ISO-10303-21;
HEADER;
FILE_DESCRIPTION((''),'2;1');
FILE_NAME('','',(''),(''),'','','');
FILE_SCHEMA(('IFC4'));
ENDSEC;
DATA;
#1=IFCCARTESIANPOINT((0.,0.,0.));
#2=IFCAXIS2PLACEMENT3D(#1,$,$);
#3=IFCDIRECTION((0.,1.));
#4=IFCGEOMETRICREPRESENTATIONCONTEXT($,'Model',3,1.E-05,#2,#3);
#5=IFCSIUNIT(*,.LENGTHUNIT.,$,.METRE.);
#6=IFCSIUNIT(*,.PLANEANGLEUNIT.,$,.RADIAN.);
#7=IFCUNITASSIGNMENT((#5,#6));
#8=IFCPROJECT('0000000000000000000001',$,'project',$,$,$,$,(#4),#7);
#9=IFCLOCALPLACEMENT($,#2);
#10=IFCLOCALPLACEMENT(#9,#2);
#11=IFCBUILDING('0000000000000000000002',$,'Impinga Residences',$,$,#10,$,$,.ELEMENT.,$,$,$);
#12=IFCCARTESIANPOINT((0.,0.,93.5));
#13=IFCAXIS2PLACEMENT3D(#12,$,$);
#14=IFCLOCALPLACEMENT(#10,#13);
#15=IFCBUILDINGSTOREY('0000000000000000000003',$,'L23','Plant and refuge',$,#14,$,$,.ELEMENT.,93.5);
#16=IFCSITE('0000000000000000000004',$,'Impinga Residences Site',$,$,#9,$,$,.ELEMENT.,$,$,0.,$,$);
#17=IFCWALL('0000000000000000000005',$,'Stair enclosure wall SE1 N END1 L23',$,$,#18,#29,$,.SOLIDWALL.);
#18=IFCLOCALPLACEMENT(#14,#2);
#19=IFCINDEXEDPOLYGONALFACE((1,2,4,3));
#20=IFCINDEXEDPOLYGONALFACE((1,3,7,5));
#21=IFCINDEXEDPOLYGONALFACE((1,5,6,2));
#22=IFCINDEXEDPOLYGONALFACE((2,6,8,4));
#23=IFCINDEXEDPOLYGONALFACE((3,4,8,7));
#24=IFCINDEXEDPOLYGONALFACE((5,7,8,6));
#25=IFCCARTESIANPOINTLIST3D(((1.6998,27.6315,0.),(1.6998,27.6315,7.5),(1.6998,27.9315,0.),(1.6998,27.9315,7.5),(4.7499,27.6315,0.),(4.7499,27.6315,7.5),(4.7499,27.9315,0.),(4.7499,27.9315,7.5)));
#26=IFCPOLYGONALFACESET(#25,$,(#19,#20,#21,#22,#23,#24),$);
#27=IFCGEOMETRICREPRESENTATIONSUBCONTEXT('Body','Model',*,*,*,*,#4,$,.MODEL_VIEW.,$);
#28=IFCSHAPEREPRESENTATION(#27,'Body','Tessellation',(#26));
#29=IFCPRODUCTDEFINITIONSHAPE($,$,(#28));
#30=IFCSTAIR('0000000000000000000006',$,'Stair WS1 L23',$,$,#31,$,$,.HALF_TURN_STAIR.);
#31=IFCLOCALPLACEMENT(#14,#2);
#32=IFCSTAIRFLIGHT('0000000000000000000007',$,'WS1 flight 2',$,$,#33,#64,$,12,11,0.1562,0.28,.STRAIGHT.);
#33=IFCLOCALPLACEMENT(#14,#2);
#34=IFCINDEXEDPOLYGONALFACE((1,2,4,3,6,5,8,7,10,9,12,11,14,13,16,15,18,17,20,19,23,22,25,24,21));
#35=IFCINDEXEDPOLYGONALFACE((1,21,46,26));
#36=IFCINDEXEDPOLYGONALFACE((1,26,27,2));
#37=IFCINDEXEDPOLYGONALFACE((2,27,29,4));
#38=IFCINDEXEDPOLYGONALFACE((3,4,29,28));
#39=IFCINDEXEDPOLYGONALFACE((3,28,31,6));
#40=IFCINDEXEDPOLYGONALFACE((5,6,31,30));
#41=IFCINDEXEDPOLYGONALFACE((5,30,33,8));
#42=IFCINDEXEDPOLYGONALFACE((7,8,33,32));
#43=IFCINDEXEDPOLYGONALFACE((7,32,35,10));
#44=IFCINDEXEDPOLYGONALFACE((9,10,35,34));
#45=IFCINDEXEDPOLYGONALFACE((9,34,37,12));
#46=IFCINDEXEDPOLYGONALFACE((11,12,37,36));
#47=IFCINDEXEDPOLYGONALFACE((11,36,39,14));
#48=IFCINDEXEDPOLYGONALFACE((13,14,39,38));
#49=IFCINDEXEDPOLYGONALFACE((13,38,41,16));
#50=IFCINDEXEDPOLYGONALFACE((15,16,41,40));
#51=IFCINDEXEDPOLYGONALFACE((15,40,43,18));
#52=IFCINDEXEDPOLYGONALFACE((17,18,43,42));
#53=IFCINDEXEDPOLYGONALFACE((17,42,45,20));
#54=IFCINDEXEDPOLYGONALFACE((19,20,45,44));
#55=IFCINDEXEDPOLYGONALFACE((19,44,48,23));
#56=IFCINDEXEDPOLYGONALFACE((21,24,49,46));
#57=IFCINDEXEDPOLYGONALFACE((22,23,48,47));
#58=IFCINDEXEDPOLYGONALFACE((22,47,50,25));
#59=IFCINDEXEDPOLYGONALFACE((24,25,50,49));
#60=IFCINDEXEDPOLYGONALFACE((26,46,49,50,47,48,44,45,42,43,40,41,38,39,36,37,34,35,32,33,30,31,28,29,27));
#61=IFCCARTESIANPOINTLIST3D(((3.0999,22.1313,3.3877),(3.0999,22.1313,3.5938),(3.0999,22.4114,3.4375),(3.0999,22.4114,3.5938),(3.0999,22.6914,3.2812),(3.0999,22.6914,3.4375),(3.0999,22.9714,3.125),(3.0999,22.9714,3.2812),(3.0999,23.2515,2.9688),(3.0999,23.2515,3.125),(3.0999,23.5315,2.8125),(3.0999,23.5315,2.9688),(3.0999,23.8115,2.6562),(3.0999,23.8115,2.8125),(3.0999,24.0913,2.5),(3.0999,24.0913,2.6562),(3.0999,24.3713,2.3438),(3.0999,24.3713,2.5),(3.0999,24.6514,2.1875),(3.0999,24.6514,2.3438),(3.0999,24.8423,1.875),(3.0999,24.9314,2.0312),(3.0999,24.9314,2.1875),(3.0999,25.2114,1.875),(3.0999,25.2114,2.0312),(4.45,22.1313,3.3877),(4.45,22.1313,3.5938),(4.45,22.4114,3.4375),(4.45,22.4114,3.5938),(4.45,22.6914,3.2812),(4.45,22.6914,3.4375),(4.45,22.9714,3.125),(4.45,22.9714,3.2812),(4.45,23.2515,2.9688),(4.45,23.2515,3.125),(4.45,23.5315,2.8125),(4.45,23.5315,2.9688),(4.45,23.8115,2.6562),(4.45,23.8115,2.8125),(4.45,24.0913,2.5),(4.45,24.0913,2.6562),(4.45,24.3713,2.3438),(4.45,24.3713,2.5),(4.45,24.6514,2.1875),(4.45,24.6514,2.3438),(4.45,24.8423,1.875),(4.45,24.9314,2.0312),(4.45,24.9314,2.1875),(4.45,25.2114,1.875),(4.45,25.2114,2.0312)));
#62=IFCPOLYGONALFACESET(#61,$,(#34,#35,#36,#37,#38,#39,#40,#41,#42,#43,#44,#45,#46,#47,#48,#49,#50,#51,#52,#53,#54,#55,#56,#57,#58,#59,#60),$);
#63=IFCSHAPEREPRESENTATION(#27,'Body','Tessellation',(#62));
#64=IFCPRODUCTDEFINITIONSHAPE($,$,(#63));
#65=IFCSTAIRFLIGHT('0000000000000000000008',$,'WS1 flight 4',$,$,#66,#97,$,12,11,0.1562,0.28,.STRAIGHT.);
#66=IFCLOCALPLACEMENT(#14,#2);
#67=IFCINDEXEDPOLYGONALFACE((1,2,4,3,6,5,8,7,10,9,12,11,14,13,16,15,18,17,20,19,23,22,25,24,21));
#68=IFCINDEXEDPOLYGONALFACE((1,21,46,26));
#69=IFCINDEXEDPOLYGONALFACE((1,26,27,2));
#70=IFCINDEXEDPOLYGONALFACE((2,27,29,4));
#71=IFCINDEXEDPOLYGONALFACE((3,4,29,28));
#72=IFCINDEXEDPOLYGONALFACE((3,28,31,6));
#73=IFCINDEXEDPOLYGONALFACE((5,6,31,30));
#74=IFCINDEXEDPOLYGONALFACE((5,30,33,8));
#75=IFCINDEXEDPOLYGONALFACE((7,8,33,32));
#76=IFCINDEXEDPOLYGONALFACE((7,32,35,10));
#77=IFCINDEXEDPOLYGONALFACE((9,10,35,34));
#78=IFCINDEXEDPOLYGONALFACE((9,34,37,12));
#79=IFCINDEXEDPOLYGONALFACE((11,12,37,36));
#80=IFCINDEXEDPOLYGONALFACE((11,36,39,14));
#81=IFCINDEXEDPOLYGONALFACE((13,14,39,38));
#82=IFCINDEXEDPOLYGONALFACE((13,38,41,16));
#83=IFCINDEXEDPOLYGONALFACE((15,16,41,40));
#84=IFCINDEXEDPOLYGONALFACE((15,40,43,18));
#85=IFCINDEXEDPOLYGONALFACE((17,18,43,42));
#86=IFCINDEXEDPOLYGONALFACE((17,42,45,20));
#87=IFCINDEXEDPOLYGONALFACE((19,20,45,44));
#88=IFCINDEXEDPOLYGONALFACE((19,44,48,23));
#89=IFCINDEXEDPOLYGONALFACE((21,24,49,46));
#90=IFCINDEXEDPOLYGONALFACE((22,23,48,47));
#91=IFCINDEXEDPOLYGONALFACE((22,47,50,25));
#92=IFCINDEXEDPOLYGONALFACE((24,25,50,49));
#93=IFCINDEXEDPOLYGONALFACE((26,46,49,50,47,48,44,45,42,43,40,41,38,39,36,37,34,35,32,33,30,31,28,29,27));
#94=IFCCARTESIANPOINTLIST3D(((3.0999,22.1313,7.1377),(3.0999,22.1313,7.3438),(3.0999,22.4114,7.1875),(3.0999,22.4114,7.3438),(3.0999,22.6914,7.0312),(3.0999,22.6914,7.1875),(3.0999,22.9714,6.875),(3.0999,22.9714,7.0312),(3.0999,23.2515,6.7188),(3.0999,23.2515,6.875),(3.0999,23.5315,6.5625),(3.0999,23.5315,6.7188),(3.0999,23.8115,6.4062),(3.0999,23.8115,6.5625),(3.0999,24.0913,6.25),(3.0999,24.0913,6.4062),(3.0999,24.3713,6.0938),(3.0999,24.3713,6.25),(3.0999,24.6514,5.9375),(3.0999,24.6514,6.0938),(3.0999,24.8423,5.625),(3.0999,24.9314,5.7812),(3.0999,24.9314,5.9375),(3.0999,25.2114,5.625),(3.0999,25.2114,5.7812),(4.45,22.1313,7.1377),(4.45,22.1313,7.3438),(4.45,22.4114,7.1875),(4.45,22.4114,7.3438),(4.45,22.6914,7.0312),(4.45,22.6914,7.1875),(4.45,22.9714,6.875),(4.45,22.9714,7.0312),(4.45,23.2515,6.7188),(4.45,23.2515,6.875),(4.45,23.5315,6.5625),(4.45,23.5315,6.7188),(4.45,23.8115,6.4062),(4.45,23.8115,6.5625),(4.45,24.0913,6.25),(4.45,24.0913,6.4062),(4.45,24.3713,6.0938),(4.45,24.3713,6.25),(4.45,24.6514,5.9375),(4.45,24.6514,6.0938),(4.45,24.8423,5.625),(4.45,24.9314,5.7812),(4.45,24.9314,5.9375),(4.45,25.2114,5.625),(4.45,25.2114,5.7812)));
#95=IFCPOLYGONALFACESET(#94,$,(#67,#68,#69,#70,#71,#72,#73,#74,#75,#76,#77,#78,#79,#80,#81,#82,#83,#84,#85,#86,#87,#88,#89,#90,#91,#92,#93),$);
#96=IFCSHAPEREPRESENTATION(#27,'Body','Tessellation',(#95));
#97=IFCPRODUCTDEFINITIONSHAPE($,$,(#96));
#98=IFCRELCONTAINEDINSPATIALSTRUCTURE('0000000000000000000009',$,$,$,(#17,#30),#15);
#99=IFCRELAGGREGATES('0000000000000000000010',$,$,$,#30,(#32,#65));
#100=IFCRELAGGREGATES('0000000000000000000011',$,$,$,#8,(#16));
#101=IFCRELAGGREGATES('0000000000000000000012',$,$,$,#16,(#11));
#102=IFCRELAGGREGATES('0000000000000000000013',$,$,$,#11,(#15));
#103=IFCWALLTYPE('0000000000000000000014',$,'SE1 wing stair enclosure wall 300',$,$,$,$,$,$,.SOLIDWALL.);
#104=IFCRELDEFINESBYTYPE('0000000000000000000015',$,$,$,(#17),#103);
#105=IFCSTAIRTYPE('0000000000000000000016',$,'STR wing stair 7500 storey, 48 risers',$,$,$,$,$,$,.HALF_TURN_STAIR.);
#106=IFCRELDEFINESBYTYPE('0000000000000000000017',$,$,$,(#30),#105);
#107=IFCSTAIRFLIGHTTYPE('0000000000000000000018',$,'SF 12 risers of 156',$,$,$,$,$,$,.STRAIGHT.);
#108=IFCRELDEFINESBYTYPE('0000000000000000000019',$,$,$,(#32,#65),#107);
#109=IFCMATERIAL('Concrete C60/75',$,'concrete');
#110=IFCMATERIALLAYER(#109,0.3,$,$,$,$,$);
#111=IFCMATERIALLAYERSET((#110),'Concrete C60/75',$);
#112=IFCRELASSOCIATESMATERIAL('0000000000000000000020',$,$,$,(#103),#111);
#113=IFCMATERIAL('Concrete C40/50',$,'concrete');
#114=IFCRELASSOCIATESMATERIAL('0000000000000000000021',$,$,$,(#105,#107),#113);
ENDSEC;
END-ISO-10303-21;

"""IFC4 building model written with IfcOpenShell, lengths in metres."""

from ifc_helpers import new_model, si_unit, direction, frame, frame_2d, origin, place, context, subcontext, project, spatial, polyline, rectangle, outline, extrude, material, layer, layer_set, type_object, element, aggregate, save


model = new_model("IFC4")

# Units and contexts
model_context = context("Model", 3, precision=1e-05, world=origin(), true_north=direction((0.0, 1.0)))
body_context = subcontext(model_context, "Body", "Model", "MODEL_VIEW")
ifc_project = project(units=[si_unit("LENGTHUNIT", "METRE"), si_unit("PLANEANGLEUNIT", "RADIAN")], contexts=[model_context])

# Site, building, storey
site_placement = place(None, origin())
site = spatial("IfcSite", under=ifc_project, at=site_placement, Name="Impinga Residences Site", CompositionType="ELEMENT", RefElevation=0.0)
building_placement = place(site_placement, origin())
building = spatial("IfcBuilding", under=site, at=building_placement, Name="Impinga Residences", CompositionType="ELEMENT")
storey_placement = place(building_placement, frame((0.0, 0.0, 93.5)))
storey = spatial("IfcBuildingStorey", under=building, at=storey_placement, Name="L23", Description="Plant and refuge", CompositionType="ELEMENT", Elevation=93.5)

# Wall
ifc_material_1 = material(Name="Concrete C60/75", Category="concrete")
ifc_layer_1 = layer(ifc_material_1, 0.3)
ifc_layer_set_1 = layer_set([ifc_layer_1], Name="Concrete C60/75")
wall_type_1 = type_object("IfcWallType", Name="SE1 wing stair enclosure wall 300", PredefinedType="SOLIDWALL", material=ifc_layer_set_1)
wall_1_placement = place(storey_placement, frame((1.7, 27.7815, 0.0), z_axis=(0.0, 0.0, 1.0), x_axis=(1.0, 0.0, 0.0)))
element("IfcWall", 1, at=wall_1_placement, inside=storey, type_object=wall_type_1, Name="Stair enclosure wall SE1 N END1 L23", PredefinedType="SOLIDWALL", context=body_context, shape_type="SweptSolid", body=[
    extrude(rectangle(XDim=3.05, YDim=0.3, at=frame_2d((1.5249, 0.0))), origin(), (0.0, 0.0, 1.0), 7.5),
])

# Stair, stair flights
ifc_material_2 = material(Name="Concrete C40/50", Category="concrete")
stair_type = type_object("IfcStairType", Name="STR wing stair 7500 storey, 48 risers", PredefinedType="HALF_TURN_STAIR", material=ifc_material_2)
stair_placement = place(storey_placement, origin())
stair = element("IfcStair", 2, at=stair_placement, inside=storey, type_object=stair_type, Name="Stair WS1 L23", PredefinedType="HALF_TURN_STAIR")
stair_flight_type = type_object("IfcStairFlightType", Name="SF 12 risers of 156", PredefinedType="STRAIGHT", material=ifc_material_2)
stair_flight_1_placement = place(storey_placement, frame((3.7749, 25.2114, 1.875), z_axis=(0.0, 0.0, 1.0), x_axis=(0.0, -1.0, 0.0)))
stair_flight_1 = element("IfcStairFlight", 3, at=stair_flight_1_placement, type_object=stair_flight_type, Name="WS1 flight 2", NumberOfRisers=12, NumberOfTreads=11, PredefinedType="STRAIGHT", RiserHeight=0.1562, TreadLength=0.28, context=body_context, shape_type="SweptSolid", body=[
    extrude(outline(polyline([(0.0, 0.0), (0.0, 0.1562), (0.28, 0.1562), (0.28, 0.3125), (0.5601, 0.3125), (0.5601, 0.4688), (0.8401, 0.4688), (0.8401, 0.625), (1.1201, 0.625), (1.1201, 0.7812), (1.3999, 0.7812), (1.3999, 0.9375), (1.6799, 0.9375), (1.6799, 1.0938), (1.96, 1.0938), (1.96, 1.25), (2.24, 1.25), (2.24, 1.4062), (2.52, 1.4062), (2.52, 1.5625), (2.8, 1.5625), (2.8, 1.7188), (3.0801, 1.7188), (3.0801, 1.875), (3.0801, 1.5127), (0.3691, 0.0), (0.0, 0.0)])), frame((0.0, 0.675, 0.0), z_axis=(0.0, -1.0, 0.0), x_axis=(1.0, 0.0, 0.0)), (0.0, 0.0, 1.0), 1.3501),
])
stair_flight_2_placement = place(storey_placement, frame((3.7749, 25.2114, 5.625), z_axis=(0.0, 0.0, 1.0), x_axis=(0.0, -1.0, 0.0)))
stair_flight_2 = element("IfcStairFlight", 4, at=stair_flight_2_placement, type_object=stair_flight_type, Name="WS1 flight 4", NumberOfRisers=12, NumberOfTreads=11, PredefinedType="STRAIGHT", RiserHeight=0.1562, TreadLength=0.28, context=body_context, shape_type="SweptSolid", body=[
    extrude(outline(polyline([(0.0, 0.0), (0.0, 0.1562), (0.28, 0.1562), (0.28, 0.3125), (0.5601, 0.3125), (0.5601, 0.4688), (0.8401, 0.4688), (0.8401, 0.625), (1.1201, 0.625), (1.1201, 0.7812), (1.3999, 0.7812), (1.3999, 0.9375), (1.6799, 0.9375), (1.6799, 1.0938), (1.96, 1.0938), (1.96, 1.25), (2.24, 1.25), (2.24, 1.4062), (2.52, 1.4062), (2.52, 1.5625), (2.8, 1.5625), (2.8, 1.7188), (3.0801, 1.7188), (3.0801, 1.875), (3.0801, 1.5127), (0.3691, 0.0), (0.0, 0.0)])), frame((0.0, 0.675, 0.0), z_axis=(0.0, -1.0, 0.0), x_axis=(1.0, 0.0, 0.0)), (0.0, 0.0, 1.0), 1.3501),
])
aggregate(stair, [stair_flight_1, stair_flight_2])

save(model, "model.ifc")
